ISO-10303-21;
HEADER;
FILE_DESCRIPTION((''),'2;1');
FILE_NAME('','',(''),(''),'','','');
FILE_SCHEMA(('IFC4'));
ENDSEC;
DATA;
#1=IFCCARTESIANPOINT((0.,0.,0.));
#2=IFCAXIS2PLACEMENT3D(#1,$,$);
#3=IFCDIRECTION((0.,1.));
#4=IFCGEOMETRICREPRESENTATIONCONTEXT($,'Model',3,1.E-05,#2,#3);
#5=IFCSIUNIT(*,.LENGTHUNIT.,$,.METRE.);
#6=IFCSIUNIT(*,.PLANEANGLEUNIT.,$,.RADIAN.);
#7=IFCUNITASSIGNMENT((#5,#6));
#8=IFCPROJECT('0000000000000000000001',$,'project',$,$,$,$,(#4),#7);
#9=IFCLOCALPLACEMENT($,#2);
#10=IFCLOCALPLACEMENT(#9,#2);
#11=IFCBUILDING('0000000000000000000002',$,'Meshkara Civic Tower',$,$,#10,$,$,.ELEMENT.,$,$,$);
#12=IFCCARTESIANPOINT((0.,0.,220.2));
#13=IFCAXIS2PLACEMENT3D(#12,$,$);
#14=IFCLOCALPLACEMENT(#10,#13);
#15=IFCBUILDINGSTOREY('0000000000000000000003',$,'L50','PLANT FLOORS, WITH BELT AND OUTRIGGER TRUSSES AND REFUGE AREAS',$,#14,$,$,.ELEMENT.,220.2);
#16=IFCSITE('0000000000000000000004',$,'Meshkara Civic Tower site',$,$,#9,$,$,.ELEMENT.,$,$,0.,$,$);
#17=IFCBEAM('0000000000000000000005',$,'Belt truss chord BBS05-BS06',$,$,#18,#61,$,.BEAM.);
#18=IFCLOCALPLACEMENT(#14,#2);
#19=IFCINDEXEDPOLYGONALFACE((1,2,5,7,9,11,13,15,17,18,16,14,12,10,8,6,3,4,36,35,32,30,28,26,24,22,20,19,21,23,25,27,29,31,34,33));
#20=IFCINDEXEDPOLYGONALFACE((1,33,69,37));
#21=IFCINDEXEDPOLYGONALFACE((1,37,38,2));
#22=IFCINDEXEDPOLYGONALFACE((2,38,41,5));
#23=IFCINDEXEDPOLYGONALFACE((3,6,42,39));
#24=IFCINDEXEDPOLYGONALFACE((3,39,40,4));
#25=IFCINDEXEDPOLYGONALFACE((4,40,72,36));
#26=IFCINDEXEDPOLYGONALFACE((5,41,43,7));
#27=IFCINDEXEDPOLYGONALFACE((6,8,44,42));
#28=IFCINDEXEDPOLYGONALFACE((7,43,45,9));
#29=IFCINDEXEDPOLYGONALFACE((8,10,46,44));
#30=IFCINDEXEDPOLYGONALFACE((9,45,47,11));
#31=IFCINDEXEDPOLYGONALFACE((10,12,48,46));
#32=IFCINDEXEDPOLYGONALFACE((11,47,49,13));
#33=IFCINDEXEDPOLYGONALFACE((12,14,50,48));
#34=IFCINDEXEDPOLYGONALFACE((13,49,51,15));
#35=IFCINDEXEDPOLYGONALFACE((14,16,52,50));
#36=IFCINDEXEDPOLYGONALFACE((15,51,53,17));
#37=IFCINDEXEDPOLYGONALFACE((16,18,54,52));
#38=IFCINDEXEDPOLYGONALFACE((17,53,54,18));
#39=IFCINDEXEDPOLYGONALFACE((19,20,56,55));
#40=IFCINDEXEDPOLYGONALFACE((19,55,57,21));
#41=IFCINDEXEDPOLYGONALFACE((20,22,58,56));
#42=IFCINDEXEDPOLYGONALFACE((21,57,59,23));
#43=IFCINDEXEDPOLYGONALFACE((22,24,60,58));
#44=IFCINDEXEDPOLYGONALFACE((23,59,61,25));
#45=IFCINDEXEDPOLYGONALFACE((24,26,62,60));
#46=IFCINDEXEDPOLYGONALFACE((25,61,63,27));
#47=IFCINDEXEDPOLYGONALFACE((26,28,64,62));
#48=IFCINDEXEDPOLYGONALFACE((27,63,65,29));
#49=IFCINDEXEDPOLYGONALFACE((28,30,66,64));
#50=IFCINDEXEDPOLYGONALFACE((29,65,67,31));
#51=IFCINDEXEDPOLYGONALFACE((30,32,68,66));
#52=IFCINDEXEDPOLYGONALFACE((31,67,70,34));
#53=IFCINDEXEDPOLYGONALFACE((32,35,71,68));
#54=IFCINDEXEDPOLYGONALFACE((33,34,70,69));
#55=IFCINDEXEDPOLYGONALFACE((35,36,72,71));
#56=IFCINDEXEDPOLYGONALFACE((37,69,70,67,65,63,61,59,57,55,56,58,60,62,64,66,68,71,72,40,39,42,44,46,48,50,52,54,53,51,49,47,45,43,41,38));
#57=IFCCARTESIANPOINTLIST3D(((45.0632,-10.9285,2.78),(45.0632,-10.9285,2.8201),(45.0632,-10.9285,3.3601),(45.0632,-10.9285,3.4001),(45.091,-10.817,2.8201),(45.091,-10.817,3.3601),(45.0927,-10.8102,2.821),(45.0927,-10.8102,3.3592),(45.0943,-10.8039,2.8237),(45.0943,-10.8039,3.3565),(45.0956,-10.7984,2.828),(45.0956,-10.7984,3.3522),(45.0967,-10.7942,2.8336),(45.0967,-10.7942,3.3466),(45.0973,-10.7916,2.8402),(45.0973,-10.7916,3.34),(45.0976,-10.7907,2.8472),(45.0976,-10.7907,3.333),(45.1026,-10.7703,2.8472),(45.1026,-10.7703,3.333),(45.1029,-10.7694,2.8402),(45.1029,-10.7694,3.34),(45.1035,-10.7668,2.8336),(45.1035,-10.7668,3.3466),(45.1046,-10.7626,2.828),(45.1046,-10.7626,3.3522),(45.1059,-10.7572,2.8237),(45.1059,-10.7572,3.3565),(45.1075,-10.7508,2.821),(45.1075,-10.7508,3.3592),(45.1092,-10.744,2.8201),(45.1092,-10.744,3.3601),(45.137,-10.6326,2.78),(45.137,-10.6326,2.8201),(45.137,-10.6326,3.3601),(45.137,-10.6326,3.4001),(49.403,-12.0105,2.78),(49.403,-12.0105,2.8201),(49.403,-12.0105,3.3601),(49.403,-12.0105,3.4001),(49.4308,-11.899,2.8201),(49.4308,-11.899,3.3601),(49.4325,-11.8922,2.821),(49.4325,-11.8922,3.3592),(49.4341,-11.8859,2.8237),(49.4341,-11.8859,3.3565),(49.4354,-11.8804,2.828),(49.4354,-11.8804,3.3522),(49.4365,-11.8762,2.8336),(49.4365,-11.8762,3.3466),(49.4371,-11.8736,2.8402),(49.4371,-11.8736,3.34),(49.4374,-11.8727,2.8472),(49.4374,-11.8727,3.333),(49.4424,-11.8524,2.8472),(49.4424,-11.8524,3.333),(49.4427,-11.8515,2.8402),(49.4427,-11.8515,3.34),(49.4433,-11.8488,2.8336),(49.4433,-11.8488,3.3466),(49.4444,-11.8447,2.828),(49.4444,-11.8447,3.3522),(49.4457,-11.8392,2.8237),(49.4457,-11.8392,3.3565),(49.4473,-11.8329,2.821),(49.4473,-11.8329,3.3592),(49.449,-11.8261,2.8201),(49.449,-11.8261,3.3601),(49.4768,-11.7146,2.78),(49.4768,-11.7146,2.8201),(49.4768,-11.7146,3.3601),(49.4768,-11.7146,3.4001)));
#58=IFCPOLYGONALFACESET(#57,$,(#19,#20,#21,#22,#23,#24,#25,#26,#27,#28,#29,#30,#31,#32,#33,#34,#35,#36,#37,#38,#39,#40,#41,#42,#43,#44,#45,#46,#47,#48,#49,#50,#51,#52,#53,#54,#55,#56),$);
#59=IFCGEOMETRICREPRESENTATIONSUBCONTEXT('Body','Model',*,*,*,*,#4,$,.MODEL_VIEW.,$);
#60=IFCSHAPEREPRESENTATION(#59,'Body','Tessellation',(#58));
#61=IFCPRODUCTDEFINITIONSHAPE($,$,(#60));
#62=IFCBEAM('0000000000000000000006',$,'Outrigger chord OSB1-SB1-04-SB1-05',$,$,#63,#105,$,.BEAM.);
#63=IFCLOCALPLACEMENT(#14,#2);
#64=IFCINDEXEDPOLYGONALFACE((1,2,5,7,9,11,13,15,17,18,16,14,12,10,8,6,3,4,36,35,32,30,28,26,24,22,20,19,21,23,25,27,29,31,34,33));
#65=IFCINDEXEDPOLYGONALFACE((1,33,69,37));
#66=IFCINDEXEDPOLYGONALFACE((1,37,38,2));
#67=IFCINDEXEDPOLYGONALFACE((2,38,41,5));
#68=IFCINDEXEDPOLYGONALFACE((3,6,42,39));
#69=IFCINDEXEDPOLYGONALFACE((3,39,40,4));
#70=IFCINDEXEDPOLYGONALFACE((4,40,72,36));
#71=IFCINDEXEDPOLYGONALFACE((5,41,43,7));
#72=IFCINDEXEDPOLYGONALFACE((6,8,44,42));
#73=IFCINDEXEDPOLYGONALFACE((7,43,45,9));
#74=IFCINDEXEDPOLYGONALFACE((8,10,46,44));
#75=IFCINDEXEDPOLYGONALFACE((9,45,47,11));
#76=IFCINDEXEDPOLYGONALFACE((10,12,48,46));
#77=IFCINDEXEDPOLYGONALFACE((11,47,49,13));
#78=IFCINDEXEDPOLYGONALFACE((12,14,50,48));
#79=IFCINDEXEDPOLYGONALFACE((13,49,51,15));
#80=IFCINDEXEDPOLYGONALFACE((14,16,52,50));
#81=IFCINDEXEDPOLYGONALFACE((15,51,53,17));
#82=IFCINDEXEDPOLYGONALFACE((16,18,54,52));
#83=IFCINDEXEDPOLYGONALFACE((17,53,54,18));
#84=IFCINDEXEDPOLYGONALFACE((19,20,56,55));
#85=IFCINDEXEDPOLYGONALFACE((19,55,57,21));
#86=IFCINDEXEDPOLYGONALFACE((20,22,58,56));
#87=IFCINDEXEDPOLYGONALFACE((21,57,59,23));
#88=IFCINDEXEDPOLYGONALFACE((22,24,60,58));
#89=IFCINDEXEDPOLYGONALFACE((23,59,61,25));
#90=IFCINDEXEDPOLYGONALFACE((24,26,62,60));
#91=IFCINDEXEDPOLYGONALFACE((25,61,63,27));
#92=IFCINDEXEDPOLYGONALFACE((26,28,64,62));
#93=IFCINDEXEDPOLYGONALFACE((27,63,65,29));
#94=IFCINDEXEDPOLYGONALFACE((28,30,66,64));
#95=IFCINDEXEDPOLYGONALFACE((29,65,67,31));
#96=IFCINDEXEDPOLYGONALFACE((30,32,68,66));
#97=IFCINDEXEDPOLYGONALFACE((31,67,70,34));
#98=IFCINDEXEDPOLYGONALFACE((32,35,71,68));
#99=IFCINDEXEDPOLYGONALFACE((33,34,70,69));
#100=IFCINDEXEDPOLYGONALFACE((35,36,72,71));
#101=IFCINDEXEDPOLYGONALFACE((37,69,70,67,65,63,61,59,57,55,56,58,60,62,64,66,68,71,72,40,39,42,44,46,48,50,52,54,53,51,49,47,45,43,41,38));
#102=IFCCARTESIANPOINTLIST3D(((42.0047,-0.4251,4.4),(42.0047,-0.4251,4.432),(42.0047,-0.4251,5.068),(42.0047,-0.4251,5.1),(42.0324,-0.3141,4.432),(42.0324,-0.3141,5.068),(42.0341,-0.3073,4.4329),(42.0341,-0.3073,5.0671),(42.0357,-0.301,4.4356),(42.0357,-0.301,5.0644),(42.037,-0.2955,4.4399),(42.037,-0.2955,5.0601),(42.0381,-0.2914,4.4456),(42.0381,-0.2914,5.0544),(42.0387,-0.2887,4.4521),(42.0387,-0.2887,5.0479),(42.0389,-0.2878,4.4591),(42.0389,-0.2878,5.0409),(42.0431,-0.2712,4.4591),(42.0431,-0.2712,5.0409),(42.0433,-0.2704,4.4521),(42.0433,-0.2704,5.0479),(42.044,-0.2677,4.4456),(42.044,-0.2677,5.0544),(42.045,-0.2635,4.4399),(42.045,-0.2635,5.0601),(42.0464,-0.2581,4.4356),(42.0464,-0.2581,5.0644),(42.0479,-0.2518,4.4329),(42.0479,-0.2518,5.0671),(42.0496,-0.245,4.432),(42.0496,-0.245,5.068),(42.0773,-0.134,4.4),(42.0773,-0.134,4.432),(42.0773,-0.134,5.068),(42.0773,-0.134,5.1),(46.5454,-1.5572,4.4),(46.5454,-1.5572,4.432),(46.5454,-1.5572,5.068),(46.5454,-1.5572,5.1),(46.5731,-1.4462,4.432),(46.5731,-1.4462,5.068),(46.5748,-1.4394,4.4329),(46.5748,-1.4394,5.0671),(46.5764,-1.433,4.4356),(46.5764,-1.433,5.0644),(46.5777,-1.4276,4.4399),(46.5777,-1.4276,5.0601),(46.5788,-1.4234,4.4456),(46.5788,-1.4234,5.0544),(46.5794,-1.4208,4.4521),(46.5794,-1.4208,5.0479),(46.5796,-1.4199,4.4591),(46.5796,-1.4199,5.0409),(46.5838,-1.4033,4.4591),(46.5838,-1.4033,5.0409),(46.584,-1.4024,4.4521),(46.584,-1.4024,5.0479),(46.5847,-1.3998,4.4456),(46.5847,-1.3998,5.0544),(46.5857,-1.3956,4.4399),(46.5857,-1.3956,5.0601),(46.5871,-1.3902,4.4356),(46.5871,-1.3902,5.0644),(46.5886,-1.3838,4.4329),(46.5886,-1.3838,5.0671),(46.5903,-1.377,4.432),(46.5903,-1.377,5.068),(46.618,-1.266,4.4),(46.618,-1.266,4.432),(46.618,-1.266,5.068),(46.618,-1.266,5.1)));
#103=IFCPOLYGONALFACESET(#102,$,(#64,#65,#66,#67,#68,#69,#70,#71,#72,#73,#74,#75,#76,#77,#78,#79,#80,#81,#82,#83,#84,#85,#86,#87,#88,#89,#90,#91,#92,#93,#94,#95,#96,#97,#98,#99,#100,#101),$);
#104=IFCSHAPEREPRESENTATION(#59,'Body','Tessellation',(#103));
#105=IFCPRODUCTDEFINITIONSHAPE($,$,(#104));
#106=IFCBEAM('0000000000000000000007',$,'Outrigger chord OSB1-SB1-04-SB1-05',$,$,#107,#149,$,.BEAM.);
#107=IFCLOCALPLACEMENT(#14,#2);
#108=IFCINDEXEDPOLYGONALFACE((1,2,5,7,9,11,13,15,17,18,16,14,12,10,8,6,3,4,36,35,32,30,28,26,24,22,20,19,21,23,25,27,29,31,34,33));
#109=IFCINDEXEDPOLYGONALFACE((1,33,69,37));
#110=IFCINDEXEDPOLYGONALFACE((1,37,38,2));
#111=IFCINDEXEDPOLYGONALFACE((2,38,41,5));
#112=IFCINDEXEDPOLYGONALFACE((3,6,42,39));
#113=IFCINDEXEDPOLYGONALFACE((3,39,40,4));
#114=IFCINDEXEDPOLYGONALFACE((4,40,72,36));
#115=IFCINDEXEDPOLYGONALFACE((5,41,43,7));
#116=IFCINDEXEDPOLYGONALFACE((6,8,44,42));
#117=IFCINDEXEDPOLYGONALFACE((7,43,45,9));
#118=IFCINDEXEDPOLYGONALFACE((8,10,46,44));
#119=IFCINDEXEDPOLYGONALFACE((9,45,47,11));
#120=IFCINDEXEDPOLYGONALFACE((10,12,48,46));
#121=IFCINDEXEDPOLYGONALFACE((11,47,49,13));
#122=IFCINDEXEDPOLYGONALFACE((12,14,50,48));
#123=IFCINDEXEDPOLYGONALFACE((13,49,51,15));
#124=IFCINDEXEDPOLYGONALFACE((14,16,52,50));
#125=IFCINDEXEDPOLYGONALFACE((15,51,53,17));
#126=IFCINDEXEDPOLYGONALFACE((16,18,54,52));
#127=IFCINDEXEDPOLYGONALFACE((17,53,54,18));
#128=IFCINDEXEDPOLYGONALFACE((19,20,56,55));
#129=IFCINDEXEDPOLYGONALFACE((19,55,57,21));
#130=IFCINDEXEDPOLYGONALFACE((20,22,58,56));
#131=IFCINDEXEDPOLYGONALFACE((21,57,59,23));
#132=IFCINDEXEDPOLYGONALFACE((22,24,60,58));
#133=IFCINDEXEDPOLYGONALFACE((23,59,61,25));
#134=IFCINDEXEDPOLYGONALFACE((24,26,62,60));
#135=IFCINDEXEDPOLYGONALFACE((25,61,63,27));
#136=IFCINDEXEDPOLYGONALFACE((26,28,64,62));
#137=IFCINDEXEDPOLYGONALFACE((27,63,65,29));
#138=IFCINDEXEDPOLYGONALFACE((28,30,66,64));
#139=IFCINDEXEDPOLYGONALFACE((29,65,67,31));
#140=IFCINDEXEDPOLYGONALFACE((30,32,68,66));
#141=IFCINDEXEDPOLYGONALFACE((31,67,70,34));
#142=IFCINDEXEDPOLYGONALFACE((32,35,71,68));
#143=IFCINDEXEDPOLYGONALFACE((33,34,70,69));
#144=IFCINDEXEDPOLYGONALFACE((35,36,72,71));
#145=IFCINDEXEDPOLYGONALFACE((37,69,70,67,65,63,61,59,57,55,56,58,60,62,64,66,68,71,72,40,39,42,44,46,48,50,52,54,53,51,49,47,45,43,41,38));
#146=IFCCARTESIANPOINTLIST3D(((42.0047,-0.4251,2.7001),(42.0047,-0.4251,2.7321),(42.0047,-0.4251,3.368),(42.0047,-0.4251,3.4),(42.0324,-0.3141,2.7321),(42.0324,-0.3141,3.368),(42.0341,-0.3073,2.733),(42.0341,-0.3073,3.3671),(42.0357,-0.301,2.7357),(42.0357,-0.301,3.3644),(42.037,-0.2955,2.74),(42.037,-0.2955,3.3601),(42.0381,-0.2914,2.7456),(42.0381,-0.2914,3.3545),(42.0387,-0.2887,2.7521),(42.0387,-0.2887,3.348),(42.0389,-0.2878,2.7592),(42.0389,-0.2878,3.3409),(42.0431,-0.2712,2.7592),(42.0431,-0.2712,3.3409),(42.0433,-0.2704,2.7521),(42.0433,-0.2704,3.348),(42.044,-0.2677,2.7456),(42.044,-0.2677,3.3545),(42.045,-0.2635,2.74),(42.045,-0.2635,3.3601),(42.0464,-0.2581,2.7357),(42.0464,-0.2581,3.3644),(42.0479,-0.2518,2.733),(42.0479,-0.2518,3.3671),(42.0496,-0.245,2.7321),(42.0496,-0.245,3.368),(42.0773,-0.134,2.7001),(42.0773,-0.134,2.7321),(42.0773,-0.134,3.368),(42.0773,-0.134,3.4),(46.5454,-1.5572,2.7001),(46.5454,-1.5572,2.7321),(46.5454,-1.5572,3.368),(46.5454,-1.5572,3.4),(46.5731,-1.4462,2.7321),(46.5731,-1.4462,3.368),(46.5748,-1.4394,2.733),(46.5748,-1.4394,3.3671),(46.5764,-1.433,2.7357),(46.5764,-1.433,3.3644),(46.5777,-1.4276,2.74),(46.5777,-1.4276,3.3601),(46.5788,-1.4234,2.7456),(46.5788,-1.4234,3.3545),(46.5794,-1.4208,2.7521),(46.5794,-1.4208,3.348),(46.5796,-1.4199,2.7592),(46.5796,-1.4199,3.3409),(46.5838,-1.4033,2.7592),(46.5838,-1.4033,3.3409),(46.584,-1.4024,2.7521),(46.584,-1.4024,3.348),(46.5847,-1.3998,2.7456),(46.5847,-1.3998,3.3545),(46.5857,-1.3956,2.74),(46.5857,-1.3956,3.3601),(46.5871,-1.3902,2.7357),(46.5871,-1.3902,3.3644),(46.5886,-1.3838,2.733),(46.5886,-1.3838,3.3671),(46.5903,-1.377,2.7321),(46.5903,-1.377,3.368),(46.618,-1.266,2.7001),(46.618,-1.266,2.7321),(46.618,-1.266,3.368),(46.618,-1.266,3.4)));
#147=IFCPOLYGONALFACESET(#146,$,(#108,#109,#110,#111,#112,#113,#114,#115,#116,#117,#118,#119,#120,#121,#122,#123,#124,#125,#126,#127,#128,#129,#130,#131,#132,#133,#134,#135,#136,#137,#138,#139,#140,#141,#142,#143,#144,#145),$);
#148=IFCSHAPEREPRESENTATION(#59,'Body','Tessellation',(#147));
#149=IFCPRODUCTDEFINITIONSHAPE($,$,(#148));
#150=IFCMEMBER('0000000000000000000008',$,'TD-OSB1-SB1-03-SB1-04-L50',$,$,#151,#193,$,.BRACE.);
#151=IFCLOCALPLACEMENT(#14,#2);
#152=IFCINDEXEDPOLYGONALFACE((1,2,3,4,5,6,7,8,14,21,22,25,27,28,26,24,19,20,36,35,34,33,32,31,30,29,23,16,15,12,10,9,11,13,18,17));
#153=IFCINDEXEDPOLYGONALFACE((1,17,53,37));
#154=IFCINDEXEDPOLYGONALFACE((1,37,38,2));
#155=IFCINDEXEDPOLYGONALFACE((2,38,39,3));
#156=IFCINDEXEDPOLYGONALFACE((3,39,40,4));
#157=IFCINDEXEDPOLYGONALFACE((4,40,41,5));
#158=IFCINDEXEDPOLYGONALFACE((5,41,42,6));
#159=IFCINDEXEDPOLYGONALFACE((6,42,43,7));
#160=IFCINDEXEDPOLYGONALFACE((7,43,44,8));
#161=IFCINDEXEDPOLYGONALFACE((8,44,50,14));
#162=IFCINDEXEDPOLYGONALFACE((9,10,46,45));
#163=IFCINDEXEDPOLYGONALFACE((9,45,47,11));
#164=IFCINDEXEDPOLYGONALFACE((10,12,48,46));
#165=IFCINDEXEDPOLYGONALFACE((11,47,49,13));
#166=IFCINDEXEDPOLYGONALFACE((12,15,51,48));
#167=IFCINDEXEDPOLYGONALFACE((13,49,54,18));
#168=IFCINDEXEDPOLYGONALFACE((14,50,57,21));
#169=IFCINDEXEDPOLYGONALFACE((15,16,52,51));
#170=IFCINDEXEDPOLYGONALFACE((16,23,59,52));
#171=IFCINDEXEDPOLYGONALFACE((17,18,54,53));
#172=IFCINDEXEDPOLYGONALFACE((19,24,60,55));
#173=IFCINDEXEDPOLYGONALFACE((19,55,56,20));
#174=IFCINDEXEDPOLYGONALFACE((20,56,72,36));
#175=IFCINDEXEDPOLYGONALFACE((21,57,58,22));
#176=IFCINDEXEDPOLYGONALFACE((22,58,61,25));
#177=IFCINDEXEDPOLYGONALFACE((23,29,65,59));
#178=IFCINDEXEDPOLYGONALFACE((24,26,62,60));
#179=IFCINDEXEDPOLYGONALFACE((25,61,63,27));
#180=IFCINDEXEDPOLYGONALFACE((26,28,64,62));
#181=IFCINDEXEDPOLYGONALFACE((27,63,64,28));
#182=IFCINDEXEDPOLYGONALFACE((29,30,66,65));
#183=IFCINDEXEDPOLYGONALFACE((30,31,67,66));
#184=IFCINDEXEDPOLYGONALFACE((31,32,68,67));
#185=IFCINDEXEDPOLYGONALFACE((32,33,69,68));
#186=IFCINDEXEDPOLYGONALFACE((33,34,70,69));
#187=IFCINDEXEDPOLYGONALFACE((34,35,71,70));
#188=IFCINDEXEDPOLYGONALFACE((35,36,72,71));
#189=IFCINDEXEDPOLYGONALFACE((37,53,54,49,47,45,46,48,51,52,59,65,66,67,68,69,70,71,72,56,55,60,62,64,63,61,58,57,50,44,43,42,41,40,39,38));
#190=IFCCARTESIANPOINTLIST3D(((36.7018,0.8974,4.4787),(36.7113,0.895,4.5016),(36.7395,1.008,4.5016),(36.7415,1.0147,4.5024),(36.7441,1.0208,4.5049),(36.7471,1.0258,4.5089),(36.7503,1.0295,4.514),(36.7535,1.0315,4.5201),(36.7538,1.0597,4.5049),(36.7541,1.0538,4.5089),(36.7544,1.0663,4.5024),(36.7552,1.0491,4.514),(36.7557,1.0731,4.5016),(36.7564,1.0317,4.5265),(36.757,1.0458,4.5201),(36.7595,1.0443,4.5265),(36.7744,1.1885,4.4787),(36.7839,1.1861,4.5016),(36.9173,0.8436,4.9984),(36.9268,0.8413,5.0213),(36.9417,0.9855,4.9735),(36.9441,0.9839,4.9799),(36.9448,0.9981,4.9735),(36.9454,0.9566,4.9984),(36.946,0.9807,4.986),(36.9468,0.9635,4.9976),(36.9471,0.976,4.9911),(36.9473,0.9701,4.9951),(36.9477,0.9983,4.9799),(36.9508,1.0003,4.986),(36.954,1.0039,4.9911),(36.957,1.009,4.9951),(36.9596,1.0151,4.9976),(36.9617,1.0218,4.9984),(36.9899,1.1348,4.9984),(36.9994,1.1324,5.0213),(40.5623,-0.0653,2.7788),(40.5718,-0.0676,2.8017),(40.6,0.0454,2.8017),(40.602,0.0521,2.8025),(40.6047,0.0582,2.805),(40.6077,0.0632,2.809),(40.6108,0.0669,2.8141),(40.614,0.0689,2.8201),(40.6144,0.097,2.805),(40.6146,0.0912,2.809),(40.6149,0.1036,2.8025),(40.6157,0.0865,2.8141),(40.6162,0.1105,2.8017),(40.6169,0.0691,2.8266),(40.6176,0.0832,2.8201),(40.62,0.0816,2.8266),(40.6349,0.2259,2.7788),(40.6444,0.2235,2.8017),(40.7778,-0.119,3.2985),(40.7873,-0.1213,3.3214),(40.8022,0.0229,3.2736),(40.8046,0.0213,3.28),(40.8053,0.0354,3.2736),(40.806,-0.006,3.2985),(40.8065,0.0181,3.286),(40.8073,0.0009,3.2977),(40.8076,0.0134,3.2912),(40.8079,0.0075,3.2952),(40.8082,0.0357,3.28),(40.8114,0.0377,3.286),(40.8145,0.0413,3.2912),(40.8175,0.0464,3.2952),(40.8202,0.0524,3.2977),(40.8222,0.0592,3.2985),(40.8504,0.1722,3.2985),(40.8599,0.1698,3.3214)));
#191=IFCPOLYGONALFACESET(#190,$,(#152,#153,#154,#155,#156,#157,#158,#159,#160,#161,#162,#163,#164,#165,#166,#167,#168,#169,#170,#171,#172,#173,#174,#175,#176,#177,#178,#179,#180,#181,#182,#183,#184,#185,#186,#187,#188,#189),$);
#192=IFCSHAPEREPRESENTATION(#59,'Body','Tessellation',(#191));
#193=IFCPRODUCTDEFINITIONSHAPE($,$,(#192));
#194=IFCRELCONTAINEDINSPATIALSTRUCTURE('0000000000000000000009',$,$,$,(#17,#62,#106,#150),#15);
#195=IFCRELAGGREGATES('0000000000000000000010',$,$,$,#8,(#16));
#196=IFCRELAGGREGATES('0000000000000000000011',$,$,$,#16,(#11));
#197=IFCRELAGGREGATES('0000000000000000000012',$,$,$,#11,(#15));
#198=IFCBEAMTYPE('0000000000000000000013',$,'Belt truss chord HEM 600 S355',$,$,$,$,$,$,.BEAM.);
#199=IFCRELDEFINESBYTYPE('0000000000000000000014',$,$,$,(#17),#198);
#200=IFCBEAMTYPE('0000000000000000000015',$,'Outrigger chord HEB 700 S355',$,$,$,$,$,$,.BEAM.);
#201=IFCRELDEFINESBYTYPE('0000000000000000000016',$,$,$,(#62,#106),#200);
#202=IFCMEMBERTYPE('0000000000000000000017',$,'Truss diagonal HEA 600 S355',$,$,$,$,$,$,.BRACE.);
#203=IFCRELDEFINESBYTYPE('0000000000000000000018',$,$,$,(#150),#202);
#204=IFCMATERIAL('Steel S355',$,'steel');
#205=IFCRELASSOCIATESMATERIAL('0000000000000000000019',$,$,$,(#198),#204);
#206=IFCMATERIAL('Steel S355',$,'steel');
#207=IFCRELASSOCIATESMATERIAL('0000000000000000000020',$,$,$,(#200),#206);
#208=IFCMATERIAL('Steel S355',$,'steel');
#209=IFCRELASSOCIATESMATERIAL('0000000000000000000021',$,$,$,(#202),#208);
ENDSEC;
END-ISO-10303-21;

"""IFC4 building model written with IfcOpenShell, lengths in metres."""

from ifc_helpers import new_model, si_unit, direction, frame, origin, origin_2d, place, context, subcontext, project, spatial, i_section, extrude, material, material_profile, profile_set, type_object, element, save


model = new_model("IFC4")

# Units and contexts
model_context = context("Model", 3, precision=1e-05, world=origin(), true_north=direction((0.0, 1.0)))
body_context = subcontext(model_context, "Body", "Model", "MODEL_VIEW")
ifc_project = project(units=[si_unit("LENGTHUNIT", "METRE"), si_unit("PLANEANGLEUNIT", "RADIAN")], contexts=[model_context])

# Site, building, storey
site_placement = place(None, origin())
site = spatial("IfcSite", under=ifc_project, at=site_placement, Name="Meshkara Civic Tower site", CompositionType="ELEMENT", RefElevation=0.0)
building_placement = place(site_placement, origin())
building = spatial("IfcBuilding", under=site, at=building_placement, Name="Meshkara Civic Tower", CompositionType="ELEMENT")
storey_placement = place(building_placement, frame((0.0, 0.0, 220.2)))
storey = spatial("IfcBuildingStorey", under=building, at=storey_placement, Name="L50", Description="PLANT FLOORS, WITH BELT AND OUTRIGGER TRUSSES AND REFUGE AREAS", CompositionType="ELEMENT", Elevation=220.2)

# Beams
ifc_material_1 = material(Name="Steel S355", Category="steel")
ifc_material_profile_1 = material_profile(ifc_material_1, i_section(OverallWidth=0.3049, OverallDepth=0.6201, WebThickness=0.021, FlangeThickness=0.04, FilletRadius=0.0271, at=origin_2d()))
ifc_profile_set_1 = profile_set([ifc_material_profile_1], Name="Steel S355")
beam_type_1 = type_object("IfcBeamType", Name="Belt truss chord HEM 600 S355", PredefinedType="BEAM", material=ifc_profile_set_1)
for number, where, z_axis, x_axis, name in (
    (1, (45.1001, -10.7805, 3.0901), (0.970296, -0.241919, 0.0), (0.241919, 0.970296, 0.0), "Belt truss chord BBS05-BS06"),
):
    element("IfcBeam", number, at=place(storey_placement, frame(where, z_axis=z_axis, x_axis=x_axis)), inside=storey, type_object=beam_type_1, Name=name, PredefinedType="BEAM", context=body_context, shape_type="SweptSolid", body=[
        extrude(i_section(OverallWidth=0.3049, OverallDepth=0.6201, WebThickness=0.021, FlangeThickness=0.04, FilletRadius=0.0271, at=origin_2d()), origin(), (0.0, 0.0, 1.0), 4.4727),
    ])
ifc_material_2 = material(Name="Steel S355", Category="steel")
ifc_material_profile_2 = material_profile(ifc_material_2, i_section(OverallWidth=0.3, OverallDepth=0.7, WebThickness=0.0171, FlangeThickness=0.032, FilletRadius=0.0271, at=origin_2d()))
ifc_profile_set_2 = profile_set([ifc_material_profile_2], Name="Steel S355")
beam_type_2 = type_object("IfcBeamType", Name="Outrigger chord HEB 700 S355", PredefinedType="BEAM", material=ifc_profile_set_2)
for number, where, z_axis, x_axis, name in (
    (2, (42.041, -0.2795, 4.75), (0.970299, -0.24191, 0.0), (0.24191, 0.970299, 0.0), "Outrigger chord OSB1-SB1-04-SB1-05"),
    (3, (42.041, -0.2795, 3.05), (0.970299, -0.24191, 0.0), (0.24191, 0.970299, 0.0), "Outrigger chord OSB1-SB1-04-SB1-05"),
):
    element("IfcBeam", number, at=place(storey_placement, frame(where, z_axis=z_axis, x_axis=x_axis)), inside=storey, type_object=beam_type_2, Name=name, PredefinedType="BEAM", context=body_context, shape_type="SweptSolid", body=[
        extrude(i_section(OverallWidth=0.3, OverallDepth=0.7, WebThickness=0.0171, FlangeThickness=0.032, FilletRadius=0.0271, at=origin_2d()), origin(), (0.0, 0.0, 1.0), 4.6797),
    ])

# Member
ifc_material_3 = material(Name="Steel S355", Category="steel")
ifc_material_profile_3 = material_profile(ifc_material_3, i_section(OverallWidth=0.3, OverallDepth=0.5901, WebThickness=0.0129, FlangeThickness=0.0249, FilletRadius=0.0271, at=origin_2d()))
ifc_profile_set_3 = profile_set([ifc_material_profile_3], Name="Steel S355")
member_type_1 = type_object("IfcMemberType", Name="Truss diagonal HEA 600 S355", PredefinedType="BRACE", material=ifc_profile_set_3)
member_1_placement = place(storey_placement, frame((36.8506, 1.0149, 4.75), z_axis=(0.892263, -0.222487, -0.392894), x_axis=(0.241944, 0.97029, 0.0)))
element("IfcMember", 4, at=member_1_placement, inside=storey, type_object=member_type_1, Name="TD-OSB1-SB1-03-SB1-04-L50", PredefinedType="BRACE", context=body_context, shape_type="SweptSolid", body=[
    extrude(i_section(OverallWidth=0.3, OverallDepth=0.5901, WebThickness=0.0129, FlangeThickness=0.0249, FilletRadius=0.0271, at=origin_2d()), origin(), (0.0, 0.0, 1.0), 4.3267),
])

save(model, "model.ifc")
